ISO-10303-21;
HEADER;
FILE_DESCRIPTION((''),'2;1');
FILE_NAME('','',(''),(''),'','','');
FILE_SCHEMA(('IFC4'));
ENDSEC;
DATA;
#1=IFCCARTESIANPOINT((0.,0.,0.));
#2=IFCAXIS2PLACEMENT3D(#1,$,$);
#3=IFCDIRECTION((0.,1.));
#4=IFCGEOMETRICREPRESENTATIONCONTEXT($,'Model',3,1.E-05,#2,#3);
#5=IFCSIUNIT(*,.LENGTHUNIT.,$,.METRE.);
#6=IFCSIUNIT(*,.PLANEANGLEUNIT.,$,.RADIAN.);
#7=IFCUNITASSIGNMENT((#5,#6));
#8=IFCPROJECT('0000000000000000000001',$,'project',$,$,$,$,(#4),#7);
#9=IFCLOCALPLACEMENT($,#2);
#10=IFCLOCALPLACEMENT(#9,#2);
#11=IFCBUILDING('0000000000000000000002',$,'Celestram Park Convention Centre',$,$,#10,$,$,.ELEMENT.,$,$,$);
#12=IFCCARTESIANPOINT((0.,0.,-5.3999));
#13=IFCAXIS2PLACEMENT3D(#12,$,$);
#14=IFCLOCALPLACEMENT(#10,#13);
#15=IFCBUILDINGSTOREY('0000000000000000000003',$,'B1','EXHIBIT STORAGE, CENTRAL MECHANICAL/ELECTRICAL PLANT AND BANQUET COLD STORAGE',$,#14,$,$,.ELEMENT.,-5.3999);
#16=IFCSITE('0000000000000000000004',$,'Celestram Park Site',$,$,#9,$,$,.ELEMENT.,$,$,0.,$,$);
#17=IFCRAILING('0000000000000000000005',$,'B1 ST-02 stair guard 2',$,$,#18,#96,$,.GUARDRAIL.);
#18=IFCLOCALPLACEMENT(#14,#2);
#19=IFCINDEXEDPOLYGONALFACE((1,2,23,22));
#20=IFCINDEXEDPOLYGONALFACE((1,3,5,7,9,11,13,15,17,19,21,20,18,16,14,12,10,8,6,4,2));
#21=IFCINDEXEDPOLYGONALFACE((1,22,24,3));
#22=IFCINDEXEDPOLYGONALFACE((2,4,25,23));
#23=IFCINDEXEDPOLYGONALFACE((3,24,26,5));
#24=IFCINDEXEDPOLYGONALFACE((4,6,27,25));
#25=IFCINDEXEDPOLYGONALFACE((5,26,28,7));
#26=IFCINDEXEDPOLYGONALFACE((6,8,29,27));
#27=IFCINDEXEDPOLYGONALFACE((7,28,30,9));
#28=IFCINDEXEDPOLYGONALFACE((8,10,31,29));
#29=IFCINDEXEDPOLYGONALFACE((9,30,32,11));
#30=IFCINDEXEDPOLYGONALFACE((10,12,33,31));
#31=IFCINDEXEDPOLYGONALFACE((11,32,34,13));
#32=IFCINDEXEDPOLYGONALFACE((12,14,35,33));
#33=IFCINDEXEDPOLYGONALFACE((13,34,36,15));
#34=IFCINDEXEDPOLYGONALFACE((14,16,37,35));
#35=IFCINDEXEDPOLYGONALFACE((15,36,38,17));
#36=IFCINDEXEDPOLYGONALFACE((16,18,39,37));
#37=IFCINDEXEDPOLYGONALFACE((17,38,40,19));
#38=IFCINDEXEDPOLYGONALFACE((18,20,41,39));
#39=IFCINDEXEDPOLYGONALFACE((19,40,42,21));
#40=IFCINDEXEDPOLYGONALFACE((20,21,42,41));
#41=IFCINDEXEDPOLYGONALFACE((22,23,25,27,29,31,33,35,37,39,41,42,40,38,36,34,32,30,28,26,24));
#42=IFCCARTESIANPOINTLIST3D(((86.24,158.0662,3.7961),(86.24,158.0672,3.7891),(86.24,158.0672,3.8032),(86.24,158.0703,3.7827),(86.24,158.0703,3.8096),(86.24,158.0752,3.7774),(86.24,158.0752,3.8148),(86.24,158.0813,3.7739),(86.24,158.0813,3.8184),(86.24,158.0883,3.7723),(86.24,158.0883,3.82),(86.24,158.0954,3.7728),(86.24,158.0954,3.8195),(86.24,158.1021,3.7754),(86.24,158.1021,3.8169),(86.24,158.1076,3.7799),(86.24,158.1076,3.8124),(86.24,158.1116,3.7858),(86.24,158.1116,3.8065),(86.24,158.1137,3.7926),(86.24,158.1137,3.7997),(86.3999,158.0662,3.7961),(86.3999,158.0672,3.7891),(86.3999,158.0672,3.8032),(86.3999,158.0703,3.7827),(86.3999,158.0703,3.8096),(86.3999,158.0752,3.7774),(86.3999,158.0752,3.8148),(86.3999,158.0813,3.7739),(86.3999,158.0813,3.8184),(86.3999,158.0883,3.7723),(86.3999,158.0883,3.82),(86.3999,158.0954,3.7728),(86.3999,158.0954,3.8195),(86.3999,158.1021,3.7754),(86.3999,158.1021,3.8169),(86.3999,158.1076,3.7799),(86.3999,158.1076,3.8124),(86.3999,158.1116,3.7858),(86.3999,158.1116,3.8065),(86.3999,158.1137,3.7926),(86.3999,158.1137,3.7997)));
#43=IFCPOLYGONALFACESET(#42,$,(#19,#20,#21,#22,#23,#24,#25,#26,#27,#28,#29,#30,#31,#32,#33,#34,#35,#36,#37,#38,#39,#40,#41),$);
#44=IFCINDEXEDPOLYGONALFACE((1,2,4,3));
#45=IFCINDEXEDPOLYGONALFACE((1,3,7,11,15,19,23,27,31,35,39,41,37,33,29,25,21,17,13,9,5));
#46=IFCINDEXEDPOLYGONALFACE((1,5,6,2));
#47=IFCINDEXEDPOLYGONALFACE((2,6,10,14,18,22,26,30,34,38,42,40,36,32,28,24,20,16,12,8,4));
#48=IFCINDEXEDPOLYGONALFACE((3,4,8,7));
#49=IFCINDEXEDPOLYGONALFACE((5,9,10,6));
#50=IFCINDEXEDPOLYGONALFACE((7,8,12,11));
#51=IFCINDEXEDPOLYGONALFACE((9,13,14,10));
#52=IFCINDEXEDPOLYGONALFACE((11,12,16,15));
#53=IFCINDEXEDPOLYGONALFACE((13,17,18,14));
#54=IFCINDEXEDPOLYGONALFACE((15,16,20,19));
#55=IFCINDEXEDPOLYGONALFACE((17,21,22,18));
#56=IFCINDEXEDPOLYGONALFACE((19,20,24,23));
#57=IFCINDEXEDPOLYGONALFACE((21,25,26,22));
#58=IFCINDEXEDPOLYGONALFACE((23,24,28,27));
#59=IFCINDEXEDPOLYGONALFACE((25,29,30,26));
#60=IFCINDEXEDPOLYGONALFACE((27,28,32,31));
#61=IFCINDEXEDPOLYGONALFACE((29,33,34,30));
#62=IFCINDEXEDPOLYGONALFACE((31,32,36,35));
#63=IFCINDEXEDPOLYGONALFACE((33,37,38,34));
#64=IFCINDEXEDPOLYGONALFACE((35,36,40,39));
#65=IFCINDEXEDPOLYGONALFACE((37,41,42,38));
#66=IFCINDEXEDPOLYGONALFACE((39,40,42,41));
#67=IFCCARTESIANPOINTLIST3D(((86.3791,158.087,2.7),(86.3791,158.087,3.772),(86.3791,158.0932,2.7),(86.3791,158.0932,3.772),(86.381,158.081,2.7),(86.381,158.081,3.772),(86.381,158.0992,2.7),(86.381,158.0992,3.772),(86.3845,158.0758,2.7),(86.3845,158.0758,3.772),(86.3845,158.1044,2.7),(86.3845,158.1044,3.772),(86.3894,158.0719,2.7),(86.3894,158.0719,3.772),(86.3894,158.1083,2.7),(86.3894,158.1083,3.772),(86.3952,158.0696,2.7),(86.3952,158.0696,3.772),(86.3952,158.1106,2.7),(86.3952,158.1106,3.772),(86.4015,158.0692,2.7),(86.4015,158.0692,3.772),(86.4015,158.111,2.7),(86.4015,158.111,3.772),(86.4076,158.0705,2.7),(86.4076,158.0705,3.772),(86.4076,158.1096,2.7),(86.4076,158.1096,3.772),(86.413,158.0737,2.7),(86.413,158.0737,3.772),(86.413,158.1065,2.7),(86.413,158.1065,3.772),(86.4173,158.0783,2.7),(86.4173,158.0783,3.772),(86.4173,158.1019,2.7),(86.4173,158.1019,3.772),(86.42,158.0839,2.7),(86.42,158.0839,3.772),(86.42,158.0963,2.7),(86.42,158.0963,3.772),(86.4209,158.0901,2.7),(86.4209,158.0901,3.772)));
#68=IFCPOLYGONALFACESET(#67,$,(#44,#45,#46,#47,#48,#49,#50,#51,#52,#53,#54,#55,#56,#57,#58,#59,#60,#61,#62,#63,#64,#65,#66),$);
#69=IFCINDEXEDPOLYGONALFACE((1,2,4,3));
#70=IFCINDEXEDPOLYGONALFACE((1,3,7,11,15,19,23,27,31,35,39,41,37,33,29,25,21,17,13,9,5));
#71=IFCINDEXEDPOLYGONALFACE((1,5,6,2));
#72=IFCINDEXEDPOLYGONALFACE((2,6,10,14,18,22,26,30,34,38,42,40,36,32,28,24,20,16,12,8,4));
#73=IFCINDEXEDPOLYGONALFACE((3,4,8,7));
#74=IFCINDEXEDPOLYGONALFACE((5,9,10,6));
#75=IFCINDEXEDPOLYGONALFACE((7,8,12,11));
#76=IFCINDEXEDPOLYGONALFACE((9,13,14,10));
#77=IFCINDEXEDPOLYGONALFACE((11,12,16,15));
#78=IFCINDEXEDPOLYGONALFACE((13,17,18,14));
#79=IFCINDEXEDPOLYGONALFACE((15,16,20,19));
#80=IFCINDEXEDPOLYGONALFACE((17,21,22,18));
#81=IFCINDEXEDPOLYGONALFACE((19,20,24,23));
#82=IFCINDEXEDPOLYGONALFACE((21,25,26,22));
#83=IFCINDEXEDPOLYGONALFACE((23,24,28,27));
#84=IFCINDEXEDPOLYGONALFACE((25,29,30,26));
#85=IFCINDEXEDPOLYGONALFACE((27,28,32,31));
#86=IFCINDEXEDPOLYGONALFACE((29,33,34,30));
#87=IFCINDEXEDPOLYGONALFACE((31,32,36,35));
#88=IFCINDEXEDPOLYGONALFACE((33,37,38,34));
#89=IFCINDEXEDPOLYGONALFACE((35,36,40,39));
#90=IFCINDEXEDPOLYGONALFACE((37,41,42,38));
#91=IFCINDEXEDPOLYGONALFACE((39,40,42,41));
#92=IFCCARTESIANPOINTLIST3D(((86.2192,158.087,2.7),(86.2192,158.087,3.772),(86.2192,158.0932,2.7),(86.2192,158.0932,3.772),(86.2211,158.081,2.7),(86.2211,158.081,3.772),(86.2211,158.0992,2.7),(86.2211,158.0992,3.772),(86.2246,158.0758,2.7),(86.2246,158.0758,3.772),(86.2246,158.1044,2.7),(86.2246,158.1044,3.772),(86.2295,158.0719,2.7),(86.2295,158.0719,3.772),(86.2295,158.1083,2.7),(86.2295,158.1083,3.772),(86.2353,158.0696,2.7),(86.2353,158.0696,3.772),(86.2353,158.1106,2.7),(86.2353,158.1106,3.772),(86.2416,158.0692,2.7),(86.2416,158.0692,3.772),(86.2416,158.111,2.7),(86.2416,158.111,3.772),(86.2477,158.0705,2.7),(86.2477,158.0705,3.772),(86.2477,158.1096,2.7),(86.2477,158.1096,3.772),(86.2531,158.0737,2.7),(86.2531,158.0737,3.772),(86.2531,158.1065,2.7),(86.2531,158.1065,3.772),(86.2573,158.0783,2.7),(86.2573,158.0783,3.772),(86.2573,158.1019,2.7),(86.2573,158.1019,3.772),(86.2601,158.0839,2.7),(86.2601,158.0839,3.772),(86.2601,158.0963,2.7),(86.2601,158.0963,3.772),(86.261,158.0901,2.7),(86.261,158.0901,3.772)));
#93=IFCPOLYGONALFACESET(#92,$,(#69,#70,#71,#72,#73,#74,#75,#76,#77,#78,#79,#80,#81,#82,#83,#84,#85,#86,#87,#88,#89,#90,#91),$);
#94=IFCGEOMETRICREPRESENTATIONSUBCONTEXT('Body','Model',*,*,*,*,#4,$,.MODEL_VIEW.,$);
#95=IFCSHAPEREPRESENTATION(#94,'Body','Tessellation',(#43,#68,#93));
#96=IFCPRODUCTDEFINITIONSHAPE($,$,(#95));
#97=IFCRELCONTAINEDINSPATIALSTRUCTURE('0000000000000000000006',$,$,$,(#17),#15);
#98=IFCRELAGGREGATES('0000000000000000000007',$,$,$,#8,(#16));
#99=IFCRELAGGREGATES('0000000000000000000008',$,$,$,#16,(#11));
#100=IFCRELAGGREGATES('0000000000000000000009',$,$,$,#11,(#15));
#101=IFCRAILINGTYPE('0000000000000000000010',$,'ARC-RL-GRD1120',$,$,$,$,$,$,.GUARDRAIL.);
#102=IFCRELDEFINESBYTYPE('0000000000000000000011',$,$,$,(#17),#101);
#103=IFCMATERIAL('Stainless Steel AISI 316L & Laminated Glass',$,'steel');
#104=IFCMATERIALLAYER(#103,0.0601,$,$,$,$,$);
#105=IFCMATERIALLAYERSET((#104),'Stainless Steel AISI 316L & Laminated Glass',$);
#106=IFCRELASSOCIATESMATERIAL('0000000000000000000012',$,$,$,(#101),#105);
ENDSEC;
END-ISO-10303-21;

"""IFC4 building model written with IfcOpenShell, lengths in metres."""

from ifc_helpers import new_model, si_unit, direction, frame, origin, origin_2d, place, context, subcontext, project, spatial, circle, extrude, material, layer, layer_set, type_object, element, save


model = new_model("IFC4")

# Units and contexts
model_context = context("Model", 3, precision=1e-05, world=origin(), true_north=direction((0.0, 1.0)))
body_context = subcontext(model_context, "Body", "Model", "MODEL_VIEW")
ifc_project = project(units=[si_unit("LENGTHUNIT", "METRE"), si_unit("PLANEANGLEUNIT", "RADIAN")], contexts=[model_context])

# Site, building, storey
site_placement = place(None, origin())
site = spatial("IfcSite", under=ifc_project, at=site_placement, Name="Celestram Park Site", CompositionType="ELEMENT", RefElevation=0.0)
building_placement = place(site_placement, origin())
building = spatial("IfcBuilding", under=site, at=building_placement, Name="Celestram Park Convention Centre", CompositionType="ELEMENT")
storey_placement = place(building_placement, frame((0.0, 0.0, -5.3999)))
storey = spatial("IfcBuildingStorey", under=building, at=storey_placement, Name="B1", Description="EXHIBIT STORAGE, CENTRAL MECHANICAL/ELECTRICAL PLANT AND BANQUET COLD STORAGE", CompositionType="ELEMENT", Elevation=-5.3999)

# Railing
ifc_material_1 = material(Name="Stainless Steel AISI 316L & Laminated Glass", Category="steel")
ifc_layer_1 = layer(ifc_material_1, 0.0601)
ifc_layer_set_1 = layer_set([ifc_layer_1], Name="Stainless Steel AISI 316L & Laminated Glass")
railing_type_1 = type_object("IfcRailingType", Name="ARC-RL-GRD1120", PredefinedType="GUARDRAIL", material=ifc_layer_set_1)
railing_1_placement = place(storey_placement, frame((86.3999, 158.0901, 2.7)))
element("IfcRailing", 1, at=railing_1_placement, inside=storey, type_object=railing_type_1, Name="B1 ST-02 stair guard 2", PredefinedType="GUARDRAIL", context=body_context, shape_type="SweptSolid", body=[
    extrude(circle(Radius=0.0239, at=origin_2d()), frame((0.0, 0.0, 1.0962), z_axis=(-1.0, 0.0, 0.0), x_axis=(0.0, -1.0, 0.0)), (0.0, 0.0, 1.0), 0.1599),
    extrude(circle(Radius=0.021, at=origin_2d()), origin(), (0.0, 0.0, 1.0), 1.072),
    extrude(circle(Radius=0.021, at=origin_2d()), frame((-0.1599, 0.0, 0.0)), (0.0, 0.0, 1.0), 1.072),
])

save(model, "model.ifc")
